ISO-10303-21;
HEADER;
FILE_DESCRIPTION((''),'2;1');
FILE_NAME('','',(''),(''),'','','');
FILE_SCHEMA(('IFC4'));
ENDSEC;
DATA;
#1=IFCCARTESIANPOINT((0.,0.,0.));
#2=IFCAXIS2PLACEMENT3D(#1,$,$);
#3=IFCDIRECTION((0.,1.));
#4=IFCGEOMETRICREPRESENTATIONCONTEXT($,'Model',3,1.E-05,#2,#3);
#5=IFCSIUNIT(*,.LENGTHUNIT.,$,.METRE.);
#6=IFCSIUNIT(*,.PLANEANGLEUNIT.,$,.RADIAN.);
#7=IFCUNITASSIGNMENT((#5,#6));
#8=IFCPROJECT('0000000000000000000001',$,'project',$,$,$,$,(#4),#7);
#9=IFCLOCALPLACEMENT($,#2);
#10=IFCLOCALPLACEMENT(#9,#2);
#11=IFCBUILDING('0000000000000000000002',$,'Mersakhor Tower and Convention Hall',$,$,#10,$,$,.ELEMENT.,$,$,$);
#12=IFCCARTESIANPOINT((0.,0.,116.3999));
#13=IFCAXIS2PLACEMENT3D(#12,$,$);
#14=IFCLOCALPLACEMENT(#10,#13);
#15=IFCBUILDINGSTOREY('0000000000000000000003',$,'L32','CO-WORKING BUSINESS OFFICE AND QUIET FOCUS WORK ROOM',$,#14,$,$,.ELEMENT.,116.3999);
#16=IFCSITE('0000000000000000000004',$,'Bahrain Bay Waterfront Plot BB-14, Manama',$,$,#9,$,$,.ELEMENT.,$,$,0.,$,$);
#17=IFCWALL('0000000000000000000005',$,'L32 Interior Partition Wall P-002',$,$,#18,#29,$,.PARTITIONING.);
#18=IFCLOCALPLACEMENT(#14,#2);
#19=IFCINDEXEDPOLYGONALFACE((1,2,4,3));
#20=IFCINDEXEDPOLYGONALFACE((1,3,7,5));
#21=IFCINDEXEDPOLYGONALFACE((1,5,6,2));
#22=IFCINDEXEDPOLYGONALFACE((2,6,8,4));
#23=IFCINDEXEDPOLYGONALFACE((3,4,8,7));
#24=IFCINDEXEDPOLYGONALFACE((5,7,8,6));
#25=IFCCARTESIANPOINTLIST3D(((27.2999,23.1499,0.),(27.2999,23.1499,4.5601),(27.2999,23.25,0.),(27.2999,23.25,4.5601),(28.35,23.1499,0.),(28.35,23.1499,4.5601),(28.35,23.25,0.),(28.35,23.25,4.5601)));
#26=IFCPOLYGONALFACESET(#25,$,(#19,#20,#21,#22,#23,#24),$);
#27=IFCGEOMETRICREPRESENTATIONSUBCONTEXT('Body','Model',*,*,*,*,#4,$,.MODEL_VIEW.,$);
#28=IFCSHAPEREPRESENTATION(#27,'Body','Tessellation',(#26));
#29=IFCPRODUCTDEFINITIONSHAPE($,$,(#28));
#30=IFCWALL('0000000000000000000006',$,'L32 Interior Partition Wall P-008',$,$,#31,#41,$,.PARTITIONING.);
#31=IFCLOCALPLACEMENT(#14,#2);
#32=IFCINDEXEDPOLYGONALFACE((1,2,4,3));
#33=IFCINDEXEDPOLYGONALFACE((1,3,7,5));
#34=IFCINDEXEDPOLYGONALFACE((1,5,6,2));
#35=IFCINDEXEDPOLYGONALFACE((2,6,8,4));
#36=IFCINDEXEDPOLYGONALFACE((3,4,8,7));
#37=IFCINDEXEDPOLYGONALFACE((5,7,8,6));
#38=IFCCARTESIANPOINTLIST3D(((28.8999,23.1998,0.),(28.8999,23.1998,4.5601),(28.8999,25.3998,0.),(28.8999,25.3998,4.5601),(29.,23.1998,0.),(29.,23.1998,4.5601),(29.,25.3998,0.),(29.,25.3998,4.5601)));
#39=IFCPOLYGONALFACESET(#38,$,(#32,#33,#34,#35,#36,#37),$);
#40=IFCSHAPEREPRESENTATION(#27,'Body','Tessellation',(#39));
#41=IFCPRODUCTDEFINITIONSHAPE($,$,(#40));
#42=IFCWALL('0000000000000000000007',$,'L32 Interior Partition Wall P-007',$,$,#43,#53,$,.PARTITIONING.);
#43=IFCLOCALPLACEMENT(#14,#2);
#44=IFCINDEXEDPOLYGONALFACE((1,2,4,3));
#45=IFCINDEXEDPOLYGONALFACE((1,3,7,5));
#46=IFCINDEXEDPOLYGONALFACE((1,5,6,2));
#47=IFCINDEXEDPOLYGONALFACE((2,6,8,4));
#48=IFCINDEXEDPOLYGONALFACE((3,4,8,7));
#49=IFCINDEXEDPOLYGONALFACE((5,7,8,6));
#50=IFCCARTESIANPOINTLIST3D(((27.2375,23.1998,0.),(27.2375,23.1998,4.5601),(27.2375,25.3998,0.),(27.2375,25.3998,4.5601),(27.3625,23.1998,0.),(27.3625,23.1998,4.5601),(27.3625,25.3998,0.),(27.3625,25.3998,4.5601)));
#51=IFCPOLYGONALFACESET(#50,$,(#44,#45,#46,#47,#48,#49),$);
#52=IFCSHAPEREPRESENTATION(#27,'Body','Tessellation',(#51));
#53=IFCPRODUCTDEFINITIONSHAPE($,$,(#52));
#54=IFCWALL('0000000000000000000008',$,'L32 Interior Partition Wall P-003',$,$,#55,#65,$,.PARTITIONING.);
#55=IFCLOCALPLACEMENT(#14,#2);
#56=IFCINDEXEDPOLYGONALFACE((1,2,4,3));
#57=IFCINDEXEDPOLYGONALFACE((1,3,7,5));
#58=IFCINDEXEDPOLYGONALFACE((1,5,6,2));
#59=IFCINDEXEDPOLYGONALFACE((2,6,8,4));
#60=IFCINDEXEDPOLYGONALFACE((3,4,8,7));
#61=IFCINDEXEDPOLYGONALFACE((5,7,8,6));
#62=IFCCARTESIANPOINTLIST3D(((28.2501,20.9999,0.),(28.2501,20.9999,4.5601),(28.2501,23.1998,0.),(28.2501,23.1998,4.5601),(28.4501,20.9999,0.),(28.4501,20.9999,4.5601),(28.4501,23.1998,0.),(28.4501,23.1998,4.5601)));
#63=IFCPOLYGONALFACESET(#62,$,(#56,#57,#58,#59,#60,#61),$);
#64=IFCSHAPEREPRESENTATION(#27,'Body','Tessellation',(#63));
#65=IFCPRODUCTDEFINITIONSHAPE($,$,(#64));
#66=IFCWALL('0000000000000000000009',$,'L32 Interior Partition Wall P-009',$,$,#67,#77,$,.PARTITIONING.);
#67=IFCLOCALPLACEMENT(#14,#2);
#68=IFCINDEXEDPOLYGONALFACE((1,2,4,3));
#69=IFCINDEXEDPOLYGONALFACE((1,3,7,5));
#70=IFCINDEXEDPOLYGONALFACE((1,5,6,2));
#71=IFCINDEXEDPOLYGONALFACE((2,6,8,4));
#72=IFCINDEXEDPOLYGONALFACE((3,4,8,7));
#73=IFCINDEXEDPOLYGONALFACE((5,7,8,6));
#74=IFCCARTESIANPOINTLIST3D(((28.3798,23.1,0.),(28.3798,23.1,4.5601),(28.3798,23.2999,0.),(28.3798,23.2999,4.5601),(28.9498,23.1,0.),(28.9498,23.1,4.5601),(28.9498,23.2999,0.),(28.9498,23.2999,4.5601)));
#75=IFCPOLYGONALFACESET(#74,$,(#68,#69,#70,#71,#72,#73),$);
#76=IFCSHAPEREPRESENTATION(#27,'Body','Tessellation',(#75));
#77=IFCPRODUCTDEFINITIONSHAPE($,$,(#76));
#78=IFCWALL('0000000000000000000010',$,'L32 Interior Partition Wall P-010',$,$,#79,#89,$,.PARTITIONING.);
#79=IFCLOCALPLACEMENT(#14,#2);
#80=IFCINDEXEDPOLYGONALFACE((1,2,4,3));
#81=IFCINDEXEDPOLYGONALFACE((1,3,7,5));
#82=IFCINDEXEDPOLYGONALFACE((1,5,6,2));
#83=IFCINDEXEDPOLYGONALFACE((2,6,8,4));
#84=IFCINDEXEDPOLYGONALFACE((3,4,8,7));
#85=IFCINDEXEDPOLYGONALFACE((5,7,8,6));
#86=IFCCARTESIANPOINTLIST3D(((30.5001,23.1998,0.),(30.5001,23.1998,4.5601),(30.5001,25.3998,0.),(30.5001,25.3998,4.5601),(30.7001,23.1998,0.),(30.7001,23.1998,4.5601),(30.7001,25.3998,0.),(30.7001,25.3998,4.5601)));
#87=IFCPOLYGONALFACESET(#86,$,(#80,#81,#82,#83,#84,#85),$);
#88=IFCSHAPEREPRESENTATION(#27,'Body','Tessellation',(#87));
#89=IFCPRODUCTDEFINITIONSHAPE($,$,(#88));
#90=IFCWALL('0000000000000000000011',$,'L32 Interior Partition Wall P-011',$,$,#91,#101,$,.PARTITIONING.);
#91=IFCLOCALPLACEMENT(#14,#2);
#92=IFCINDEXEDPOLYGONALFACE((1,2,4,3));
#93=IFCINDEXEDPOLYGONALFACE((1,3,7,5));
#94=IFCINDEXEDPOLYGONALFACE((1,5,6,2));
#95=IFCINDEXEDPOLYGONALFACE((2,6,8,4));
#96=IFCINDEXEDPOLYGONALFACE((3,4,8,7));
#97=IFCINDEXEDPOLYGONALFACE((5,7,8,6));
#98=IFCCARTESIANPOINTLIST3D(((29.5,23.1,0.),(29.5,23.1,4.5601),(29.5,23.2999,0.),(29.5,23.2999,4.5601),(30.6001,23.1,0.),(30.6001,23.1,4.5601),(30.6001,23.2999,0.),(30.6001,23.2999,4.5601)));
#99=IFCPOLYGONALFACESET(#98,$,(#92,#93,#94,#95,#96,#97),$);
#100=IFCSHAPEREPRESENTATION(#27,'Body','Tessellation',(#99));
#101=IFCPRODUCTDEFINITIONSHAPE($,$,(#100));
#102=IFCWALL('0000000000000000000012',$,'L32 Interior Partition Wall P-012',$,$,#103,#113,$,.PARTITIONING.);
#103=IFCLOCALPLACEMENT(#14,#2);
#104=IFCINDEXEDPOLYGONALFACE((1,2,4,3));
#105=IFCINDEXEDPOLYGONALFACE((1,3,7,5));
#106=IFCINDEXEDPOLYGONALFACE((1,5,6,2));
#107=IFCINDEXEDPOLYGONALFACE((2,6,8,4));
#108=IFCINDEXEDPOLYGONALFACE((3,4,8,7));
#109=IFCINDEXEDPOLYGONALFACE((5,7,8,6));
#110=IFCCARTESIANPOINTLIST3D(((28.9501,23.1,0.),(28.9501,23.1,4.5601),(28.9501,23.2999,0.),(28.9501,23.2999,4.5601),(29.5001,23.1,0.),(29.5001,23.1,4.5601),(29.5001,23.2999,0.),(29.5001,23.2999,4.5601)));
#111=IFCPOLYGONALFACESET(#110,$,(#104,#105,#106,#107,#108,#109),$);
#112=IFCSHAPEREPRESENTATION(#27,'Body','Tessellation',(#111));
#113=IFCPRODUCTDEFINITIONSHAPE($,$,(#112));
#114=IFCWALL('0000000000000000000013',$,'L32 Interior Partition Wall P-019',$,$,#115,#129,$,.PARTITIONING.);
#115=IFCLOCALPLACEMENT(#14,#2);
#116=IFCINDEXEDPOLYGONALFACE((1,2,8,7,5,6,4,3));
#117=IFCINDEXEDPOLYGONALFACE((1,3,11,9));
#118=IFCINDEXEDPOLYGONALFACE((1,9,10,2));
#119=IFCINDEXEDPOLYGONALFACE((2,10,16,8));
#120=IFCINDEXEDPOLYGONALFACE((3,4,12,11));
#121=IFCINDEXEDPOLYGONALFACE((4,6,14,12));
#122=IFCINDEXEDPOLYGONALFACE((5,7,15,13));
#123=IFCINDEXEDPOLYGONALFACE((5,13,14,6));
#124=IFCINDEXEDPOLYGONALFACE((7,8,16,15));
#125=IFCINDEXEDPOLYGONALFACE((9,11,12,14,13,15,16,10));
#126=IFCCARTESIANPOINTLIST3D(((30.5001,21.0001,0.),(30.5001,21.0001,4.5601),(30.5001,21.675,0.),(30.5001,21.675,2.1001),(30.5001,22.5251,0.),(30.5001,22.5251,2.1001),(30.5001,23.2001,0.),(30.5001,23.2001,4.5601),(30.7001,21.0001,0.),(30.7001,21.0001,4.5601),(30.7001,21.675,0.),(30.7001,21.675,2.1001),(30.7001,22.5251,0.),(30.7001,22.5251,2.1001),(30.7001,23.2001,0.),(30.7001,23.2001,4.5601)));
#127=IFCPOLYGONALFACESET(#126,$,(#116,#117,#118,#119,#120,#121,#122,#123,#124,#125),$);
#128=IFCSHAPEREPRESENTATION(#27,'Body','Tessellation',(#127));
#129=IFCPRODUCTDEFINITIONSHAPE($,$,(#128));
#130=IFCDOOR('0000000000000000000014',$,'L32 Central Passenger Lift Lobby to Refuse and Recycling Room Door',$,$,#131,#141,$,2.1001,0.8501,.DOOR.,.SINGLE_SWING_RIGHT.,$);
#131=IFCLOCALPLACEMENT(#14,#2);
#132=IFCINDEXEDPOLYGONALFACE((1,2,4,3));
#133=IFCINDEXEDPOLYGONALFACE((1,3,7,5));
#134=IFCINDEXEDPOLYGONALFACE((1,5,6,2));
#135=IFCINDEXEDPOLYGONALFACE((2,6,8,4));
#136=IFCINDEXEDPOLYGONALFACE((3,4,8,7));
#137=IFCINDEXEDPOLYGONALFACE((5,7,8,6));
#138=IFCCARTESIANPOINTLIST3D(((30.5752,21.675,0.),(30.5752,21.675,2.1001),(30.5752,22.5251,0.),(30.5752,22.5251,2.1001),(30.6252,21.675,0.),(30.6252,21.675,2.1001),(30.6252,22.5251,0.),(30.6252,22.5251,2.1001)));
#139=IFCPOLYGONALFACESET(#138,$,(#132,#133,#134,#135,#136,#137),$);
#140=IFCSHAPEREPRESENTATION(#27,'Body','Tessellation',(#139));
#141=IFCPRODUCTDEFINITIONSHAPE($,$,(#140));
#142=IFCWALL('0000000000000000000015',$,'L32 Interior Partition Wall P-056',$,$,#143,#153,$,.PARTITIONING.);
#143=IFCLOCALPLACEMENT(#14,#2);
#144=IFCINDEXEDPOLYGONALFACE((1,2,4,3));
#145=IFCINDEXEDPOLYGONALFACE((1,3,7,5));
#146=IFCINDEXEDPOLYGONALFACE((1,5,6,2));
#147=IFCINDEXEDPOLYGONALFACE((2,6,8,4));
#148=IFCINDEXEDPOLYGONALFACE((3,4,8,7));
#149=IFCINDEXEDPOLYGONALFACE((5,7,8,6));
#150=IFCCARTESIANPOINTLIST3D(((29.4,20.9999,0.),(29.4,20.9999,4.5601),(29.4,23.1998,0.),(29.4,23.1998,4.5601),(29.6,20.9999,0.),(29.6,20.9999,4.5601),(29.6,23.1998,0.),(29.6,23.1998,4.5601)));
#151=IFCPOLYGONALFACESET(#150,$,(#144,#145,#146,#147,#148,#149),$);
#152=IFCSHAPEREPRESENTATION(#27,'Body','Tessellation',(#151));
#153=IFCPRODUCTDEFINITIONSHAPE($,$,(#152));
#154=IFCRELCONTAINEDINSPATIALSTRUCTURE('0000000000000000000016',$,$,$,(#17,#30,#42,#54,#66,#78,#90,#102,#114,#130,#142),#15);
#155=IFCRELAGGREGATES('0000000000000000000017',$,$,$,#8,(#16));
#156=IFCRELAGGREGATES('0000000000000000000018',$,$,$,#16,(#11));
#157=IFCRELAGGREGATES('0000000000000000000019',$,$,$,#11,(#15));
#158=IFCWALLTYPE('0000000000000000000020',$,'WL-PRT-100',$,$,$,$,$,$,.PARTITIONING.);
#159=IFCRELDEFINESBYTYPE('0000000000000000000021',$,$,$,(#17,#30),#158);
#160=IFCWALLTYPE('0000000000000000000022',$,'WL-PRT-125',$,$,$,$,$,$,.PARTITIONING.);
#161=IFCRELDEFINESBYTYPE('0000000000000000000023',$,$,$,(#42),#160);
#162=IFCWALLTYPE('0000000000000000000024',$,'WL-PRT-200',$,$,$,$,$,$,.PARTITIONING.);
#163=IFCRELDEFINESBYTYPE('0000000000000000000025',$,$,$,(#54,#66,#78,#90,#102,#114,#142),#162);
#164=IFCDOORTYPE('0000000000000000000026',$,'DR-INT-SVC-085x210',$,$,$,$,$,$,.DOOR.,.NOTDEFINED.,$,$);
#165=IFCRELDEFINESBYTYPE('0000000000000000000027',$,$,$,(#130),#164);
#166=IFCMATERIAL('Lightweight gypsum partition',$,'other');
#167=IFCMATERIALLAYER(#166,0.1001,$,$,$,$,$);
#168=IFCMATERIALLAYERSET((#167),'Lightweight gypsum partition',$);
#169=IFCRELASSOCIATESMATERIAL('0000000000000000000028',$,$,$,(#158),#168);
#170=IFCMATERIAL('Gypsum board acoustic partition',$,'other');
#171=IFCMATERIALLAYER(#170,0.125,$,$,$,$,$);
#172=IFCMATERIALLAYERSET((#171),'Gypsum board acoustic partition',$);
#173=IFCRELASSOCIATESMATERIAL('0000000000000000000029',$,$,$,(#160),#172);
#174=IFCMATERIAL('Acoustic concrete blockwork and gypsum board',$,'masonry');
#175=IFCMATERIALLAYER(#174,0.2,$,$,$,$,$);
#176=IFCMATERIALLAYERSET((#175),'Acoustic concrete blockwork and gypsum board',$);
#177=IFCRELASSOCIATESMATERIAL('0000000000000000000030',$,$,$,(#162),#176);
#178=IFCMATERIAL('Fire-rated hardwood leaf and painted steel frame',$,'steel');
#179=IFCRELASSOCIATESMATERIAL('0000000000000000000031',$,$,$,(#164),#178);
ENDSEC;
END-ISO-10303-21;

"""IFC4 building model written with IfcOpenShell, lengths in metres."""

from ifc_helpers import new_model, si_unit, direction, frame, frame_2d, origin, place, context, subcontext, project, spatial, rectangle, extrude, material, layer, layer_set, type_object, element, fill, save


model = new_model("IFC4")

# Units and contexts
model_context = context("Model", 3, precision=1e-05, world=origin(), true_north=direction((0.0, 1.0)))
body_context = subcontext(model_context, "Body", "Model", "MODEL_VIEW")
ifc_project = project(units=[si_unit("LENGTHUNIT", "METRE"), si_unit("PLANEANGLEUNIT", "RADIAN")], contexts=[model_context])

# Site, building, storey
site_placement = place(None, origin())
site = spatial("IfcSite", under=ifc_project, at=site_placement, Name="Bahrain Bay Waterfront Plot BB-14, Manama", CompositionType="ELEMENT", RefElevation=0.0)
building_placement = place(site_placement, origin())
building = spatial("IfcBuilding", under=site, at=building_placement, Name="Mersakhor Tower and Convention Hall", CompositionType="ELEMENT")
storey_placement = place(building_placement, frame((0.0, 0.0, 116.3999)))
storey = spatial("IfcBuildingStorey", under=building, at=storey_placement, Name="L32", Description="CO-WORKING BUSINESS OFFICE AND QUIET FOCUS WORK ROOM", CompositionType="ELEMENT", Elevation=116.3999)

# Walls
ifc_material_1 = material(Name="Lightweight gypsum partition", Category="other")
ifc_layer_1 = layer(ifc_material_1, 0.1001)
ifc_layer_set_1 = layer_set([ifc_layer_1], Name="Lightweight gypsum partition")
wall_type_1 = type_object("IfcWallType", Name="WL-PRT-100", PredefinedType="PARTITIONING", material=ifc_layer_set_1)
wall_1_placement = place(storey_placement, frame((27.3, 23.2, 0.0), z_axis=(0.0, 0.0, 1.0), x_axis=(1.0, 0.0, 0.0)))
element("IfcWall", 1, at=wall_1_placement, inside=storey, type_object=wall_type_1, Name="L32 Interior Partition Wall P-002", PredefinedType="PARTITIONING", context=body_context, shape_type="SweptSolid", body=[
    extrude(rectangle(XDim=1.05, YDim=0.1001, at=frame_2d((0.5249, 0.0))), origin(), (0.0, 0.0, 1.0), 4.5601),
])
wall_2_placement = place(storey_placement, frame((28.95, 25.3999, 0.0), z_axis=(0.0, 0.0, 1.0), x_axis=(0.0, -1.0, 0.0)))
element("IfcWall", 2, at=wall_2_placement, inside=storey, type_object=wall_type_1, Name="L32 Interior Partition Wall P-008", PredefinedType="PARTITIONING", context=body_context, shape_type="SweptSolid", body=[
    extrude(rectangle(XDim=2.2, YDim=0.1001, at=frame_2d((1.1001, 0.0))), origin(), (0.0, 0.0, 1.0), 4.5601),
])
ifc_material_2 = material(Name="Gypsum board acoustic partition", Category="other")
ifc_layer_2 = layer(ifc_material_2, 0.125)
ifc_layer_set_2 = layer_set([ifc_layer_2], Name="Gypsum board acoustic partition")
wall_type_2 = type_object("IfcWallType", Name="WL-PRT-125", PredefinedType="PARTITIONING", material=ifc_layer_set_2)
wall_3_placement = place(storey_placement, frame((27.3, 25.3999, 0.0), z_axis=(0.0, 0.0, 1.0), x_axis=(0.0, -1.0, 0.0)))
element("IfcWall", 3, at=wall_3_placement, inside=storey, type_object=wall_type_2, Name="L32 Interior Partition Wall P-007", PredefinedType="PARTITIONING", context=body_context, shape_type="SweptSolid", body=[
    extrude(rectangle(XDim=2.2, YDim=0.125, at=frame_2d((1.1001, 0.0))), origin(), (0.0, 0.0, 1.0), 4.5601),
])
ifc_material_3 = material(Name="Acoustic concrete blockwork and gypsum board", Category="masonry")
ifc_layer_3 = layer(ifc_material_3, 0.2)
ifc_layer_set_3 = layer_set([ifc_layer_3], Name="Acoustic concrete blockwork and gypsum board")
wall_type_3 = type_object("IfcWallType", Name="WL-PRT-200", PredefinedType="PARTITIONING", material=ifc_layer_set_3)
wall_4_placement = place(storey_placement, frame((28.3501, 23.2, 0.0), z_axis=(0.0, 0.0, 1.0), x_axis=(0.0, -1.0, 0.0)))
element("IfcWall", 4, at=wall_4_placement, inside=storey, type_object=wall_type_3, Name="L32 Interior Partition Wall P-003", PredefinedType="PARTITIONING", context=body_context, shape_type="SweptSolid", body=[
    extrude(rectangle(XDim=2.2, YDim=0.2, at=frame_2d((1.1001, 0.0))), origin(), (0.0, 0.0, 1.0), 4.5601),
])
wall_5_placement = place(storey_placement, frame((28.95, 23.2, 0.0), z_axis=(0.0, 0.0, 1.0), x_axis=(-1.0, 0.0, 0.0)))
element("IfcWall", 5, at=wall_5_placement, inside=storey, type_object=wall_type_3, Name="L32 Interior Partition Wall P-009", PredefinedType="PARTITIONING", context=body_context, shape_type="SweptSolid", body=[
    extrude(rectangle(XDim=0.5701, YDim=0.2, at=frame_2d((0.2852, 0.0))), origin(), (0.0, 0.0, 1.0), 4.5601),
])
wall_6_placement = place(storey_placement, frame((30.6001, 25.3999, 0.0), z_axis=(0.0, 0.0, 1.0), x_axis=(0.0, -1.0, 0.0)))
element("IfcWall", 6, at=wall_6_placement, inside=storey, type_object=wall_type_3, Name="L32 Interior Partition Wall P-010", PredefinedType="PARTITIONING", context=body_context, shape_type="SweptSolid", body=[
    extrude(rectangle(XDim=2.2, YDim=0.2, at=frame_2d((1.1001, 0.0))), origin(), (0.0, 0.0, 1.0), 4.5601),
])
wall_7_placement = place(storey_placement, frame((30.6001, 23.2, 0.0), z_axis=(0.0, 0.0, 1.0), x_axis=(-1.0, 0.0, 0.0)))
element("IfcWall", 7, at=wall_7_placement, inside=storey, type_object=wall_type_3, Name="L32 Interior Partition Wall P-011", PredefinedType="PARTITIONING", context=body_context, shape_type="SweptSolid", body=[
    extrude(rectangle(XDim=1.1001, YDim=0.2, at=frame_2d((0.55, 0.0))), origin(), (0.0, 0.0, 1.0), 4.5601),
])
wall_8_placement = place(storey_placement, frame((29.5, 23.2, 0.0), z_axis=(0.0, 0.0, 1.0), x_axis=(-1.0, 0.0, 0.0)))
element("IfcWall", 8, at=wall_8_placement, inside=storey, type_object=wall_type_3, Name="L32 Interior Partition Wall P-012", PredefinedType="PARTITIONING", context=body_context, shape_type="SweptSolid", body=[
    extrude(rectangle(XDim=0.55, YDim=0.2, at=frame_2d((0.2749, 0.0))), origin(), (0.0, 0.0, 1.0), 4.5601),
])

# Wall, opening, door
wall_9_placement = place(storey_placement, frame((30.6001, 21.0, 0.0), z_axis=(0.0, 0.0, 1.0), x_axis=(0.0, 1.0, 0.0)))
wall_9 = element("IfcWall", 9, at=wall_9_placement, inside=storey, type_object=wall_type_3, Name="L32 Interior Partition Wall P-019", PredefinedType="PARTITIONING", context=body_context, shape_type="SweptSolid", body=[
    extrude(rectangle(XDim=2.2, YDim=0.2, at=frame_2d((1.1001, 0.0))), origin(), (0.0, 0.0, 1.0), 4.5601),
])
opening_1_placement = place(wall_9_placement, frame((0.675, 0.0, 0.0)))
opening_1 = element("IfcOpeningElement", 10, at=opening_1_placement, cuts=wall_9, PredefinedType="OPENING", context=body_context, shape_type="SweptSolid", body=[
    extrude(rectangle(XDim=0.8501, YDim=2.1001, at=frame_2d((0.425, 1.05))), frame((0.0, 0.1099, 0.0), z_axis=(0.0, -1.0, 0.0), x_axis=(1.0, 0.0, 0.0)), (0.0, 0.0, 1.0), 0.22),
])
ifc_material_4 = material(Name="Fire-rated hardwood leaf and painted steel frame", Category="steel")
door_type_1 = type_object("IfcDoorType", Name="DR-INT-SVC-085x210", OperationType="NOTDEFINED", PredefinedType="DOOR", material=ifc_material_4)
door_1_placement = place(opening_1_placement, origin())
door_1 = element("IfcDoor", 11, at=door_1_placement, inside=storey, type_object=door_type_1, Name="L32 Central Passenger Lift Lobby to Refuse and Recycling Room Door", OperationType="SINGLE_SWING_RIGHT", OverallHeight=2.1001, OverallWidth=0.8501, PredefinedType="DOOR", context=body_context, shape_type="SweptSolid", body=[
    extrude(rectangle(XDim=0.8501, YDim=2.1001, at=frame_2d((0.425, 1.05))), frame((0.0, 0.0249, 0.0), z_axis=(0.0, -1.0, 0.0), x_axis=(1.0, 0.0, 0.0)), (0.0, 0.0, 1.0), 0.05),
])
fill(opening_1, door_1)

# Wall
wall_10_placement = place(storey_placement, frame((29.5, 23.2, 0.0), z_axis=(0.0, 0.0, 1.0), x_axis=(0.0, -1.0, 0.0)))
element("IfcWall", 12, at=wall_10_placement, inside=storey, type_object=wall_type_3, Name="L32 Interior Partition Wall P-056", PredefinedType="PARTITIONING", context=body_context, shape_type="SweptSolid", body=[
    extrude(rectangle(XDim=2.2, YDim=0.2, at=frame_2d((1.1001, 0.0))), origin(), (0.0, 0.0, 1.0), 4.5601),
])

save(model, "model.ifc")
